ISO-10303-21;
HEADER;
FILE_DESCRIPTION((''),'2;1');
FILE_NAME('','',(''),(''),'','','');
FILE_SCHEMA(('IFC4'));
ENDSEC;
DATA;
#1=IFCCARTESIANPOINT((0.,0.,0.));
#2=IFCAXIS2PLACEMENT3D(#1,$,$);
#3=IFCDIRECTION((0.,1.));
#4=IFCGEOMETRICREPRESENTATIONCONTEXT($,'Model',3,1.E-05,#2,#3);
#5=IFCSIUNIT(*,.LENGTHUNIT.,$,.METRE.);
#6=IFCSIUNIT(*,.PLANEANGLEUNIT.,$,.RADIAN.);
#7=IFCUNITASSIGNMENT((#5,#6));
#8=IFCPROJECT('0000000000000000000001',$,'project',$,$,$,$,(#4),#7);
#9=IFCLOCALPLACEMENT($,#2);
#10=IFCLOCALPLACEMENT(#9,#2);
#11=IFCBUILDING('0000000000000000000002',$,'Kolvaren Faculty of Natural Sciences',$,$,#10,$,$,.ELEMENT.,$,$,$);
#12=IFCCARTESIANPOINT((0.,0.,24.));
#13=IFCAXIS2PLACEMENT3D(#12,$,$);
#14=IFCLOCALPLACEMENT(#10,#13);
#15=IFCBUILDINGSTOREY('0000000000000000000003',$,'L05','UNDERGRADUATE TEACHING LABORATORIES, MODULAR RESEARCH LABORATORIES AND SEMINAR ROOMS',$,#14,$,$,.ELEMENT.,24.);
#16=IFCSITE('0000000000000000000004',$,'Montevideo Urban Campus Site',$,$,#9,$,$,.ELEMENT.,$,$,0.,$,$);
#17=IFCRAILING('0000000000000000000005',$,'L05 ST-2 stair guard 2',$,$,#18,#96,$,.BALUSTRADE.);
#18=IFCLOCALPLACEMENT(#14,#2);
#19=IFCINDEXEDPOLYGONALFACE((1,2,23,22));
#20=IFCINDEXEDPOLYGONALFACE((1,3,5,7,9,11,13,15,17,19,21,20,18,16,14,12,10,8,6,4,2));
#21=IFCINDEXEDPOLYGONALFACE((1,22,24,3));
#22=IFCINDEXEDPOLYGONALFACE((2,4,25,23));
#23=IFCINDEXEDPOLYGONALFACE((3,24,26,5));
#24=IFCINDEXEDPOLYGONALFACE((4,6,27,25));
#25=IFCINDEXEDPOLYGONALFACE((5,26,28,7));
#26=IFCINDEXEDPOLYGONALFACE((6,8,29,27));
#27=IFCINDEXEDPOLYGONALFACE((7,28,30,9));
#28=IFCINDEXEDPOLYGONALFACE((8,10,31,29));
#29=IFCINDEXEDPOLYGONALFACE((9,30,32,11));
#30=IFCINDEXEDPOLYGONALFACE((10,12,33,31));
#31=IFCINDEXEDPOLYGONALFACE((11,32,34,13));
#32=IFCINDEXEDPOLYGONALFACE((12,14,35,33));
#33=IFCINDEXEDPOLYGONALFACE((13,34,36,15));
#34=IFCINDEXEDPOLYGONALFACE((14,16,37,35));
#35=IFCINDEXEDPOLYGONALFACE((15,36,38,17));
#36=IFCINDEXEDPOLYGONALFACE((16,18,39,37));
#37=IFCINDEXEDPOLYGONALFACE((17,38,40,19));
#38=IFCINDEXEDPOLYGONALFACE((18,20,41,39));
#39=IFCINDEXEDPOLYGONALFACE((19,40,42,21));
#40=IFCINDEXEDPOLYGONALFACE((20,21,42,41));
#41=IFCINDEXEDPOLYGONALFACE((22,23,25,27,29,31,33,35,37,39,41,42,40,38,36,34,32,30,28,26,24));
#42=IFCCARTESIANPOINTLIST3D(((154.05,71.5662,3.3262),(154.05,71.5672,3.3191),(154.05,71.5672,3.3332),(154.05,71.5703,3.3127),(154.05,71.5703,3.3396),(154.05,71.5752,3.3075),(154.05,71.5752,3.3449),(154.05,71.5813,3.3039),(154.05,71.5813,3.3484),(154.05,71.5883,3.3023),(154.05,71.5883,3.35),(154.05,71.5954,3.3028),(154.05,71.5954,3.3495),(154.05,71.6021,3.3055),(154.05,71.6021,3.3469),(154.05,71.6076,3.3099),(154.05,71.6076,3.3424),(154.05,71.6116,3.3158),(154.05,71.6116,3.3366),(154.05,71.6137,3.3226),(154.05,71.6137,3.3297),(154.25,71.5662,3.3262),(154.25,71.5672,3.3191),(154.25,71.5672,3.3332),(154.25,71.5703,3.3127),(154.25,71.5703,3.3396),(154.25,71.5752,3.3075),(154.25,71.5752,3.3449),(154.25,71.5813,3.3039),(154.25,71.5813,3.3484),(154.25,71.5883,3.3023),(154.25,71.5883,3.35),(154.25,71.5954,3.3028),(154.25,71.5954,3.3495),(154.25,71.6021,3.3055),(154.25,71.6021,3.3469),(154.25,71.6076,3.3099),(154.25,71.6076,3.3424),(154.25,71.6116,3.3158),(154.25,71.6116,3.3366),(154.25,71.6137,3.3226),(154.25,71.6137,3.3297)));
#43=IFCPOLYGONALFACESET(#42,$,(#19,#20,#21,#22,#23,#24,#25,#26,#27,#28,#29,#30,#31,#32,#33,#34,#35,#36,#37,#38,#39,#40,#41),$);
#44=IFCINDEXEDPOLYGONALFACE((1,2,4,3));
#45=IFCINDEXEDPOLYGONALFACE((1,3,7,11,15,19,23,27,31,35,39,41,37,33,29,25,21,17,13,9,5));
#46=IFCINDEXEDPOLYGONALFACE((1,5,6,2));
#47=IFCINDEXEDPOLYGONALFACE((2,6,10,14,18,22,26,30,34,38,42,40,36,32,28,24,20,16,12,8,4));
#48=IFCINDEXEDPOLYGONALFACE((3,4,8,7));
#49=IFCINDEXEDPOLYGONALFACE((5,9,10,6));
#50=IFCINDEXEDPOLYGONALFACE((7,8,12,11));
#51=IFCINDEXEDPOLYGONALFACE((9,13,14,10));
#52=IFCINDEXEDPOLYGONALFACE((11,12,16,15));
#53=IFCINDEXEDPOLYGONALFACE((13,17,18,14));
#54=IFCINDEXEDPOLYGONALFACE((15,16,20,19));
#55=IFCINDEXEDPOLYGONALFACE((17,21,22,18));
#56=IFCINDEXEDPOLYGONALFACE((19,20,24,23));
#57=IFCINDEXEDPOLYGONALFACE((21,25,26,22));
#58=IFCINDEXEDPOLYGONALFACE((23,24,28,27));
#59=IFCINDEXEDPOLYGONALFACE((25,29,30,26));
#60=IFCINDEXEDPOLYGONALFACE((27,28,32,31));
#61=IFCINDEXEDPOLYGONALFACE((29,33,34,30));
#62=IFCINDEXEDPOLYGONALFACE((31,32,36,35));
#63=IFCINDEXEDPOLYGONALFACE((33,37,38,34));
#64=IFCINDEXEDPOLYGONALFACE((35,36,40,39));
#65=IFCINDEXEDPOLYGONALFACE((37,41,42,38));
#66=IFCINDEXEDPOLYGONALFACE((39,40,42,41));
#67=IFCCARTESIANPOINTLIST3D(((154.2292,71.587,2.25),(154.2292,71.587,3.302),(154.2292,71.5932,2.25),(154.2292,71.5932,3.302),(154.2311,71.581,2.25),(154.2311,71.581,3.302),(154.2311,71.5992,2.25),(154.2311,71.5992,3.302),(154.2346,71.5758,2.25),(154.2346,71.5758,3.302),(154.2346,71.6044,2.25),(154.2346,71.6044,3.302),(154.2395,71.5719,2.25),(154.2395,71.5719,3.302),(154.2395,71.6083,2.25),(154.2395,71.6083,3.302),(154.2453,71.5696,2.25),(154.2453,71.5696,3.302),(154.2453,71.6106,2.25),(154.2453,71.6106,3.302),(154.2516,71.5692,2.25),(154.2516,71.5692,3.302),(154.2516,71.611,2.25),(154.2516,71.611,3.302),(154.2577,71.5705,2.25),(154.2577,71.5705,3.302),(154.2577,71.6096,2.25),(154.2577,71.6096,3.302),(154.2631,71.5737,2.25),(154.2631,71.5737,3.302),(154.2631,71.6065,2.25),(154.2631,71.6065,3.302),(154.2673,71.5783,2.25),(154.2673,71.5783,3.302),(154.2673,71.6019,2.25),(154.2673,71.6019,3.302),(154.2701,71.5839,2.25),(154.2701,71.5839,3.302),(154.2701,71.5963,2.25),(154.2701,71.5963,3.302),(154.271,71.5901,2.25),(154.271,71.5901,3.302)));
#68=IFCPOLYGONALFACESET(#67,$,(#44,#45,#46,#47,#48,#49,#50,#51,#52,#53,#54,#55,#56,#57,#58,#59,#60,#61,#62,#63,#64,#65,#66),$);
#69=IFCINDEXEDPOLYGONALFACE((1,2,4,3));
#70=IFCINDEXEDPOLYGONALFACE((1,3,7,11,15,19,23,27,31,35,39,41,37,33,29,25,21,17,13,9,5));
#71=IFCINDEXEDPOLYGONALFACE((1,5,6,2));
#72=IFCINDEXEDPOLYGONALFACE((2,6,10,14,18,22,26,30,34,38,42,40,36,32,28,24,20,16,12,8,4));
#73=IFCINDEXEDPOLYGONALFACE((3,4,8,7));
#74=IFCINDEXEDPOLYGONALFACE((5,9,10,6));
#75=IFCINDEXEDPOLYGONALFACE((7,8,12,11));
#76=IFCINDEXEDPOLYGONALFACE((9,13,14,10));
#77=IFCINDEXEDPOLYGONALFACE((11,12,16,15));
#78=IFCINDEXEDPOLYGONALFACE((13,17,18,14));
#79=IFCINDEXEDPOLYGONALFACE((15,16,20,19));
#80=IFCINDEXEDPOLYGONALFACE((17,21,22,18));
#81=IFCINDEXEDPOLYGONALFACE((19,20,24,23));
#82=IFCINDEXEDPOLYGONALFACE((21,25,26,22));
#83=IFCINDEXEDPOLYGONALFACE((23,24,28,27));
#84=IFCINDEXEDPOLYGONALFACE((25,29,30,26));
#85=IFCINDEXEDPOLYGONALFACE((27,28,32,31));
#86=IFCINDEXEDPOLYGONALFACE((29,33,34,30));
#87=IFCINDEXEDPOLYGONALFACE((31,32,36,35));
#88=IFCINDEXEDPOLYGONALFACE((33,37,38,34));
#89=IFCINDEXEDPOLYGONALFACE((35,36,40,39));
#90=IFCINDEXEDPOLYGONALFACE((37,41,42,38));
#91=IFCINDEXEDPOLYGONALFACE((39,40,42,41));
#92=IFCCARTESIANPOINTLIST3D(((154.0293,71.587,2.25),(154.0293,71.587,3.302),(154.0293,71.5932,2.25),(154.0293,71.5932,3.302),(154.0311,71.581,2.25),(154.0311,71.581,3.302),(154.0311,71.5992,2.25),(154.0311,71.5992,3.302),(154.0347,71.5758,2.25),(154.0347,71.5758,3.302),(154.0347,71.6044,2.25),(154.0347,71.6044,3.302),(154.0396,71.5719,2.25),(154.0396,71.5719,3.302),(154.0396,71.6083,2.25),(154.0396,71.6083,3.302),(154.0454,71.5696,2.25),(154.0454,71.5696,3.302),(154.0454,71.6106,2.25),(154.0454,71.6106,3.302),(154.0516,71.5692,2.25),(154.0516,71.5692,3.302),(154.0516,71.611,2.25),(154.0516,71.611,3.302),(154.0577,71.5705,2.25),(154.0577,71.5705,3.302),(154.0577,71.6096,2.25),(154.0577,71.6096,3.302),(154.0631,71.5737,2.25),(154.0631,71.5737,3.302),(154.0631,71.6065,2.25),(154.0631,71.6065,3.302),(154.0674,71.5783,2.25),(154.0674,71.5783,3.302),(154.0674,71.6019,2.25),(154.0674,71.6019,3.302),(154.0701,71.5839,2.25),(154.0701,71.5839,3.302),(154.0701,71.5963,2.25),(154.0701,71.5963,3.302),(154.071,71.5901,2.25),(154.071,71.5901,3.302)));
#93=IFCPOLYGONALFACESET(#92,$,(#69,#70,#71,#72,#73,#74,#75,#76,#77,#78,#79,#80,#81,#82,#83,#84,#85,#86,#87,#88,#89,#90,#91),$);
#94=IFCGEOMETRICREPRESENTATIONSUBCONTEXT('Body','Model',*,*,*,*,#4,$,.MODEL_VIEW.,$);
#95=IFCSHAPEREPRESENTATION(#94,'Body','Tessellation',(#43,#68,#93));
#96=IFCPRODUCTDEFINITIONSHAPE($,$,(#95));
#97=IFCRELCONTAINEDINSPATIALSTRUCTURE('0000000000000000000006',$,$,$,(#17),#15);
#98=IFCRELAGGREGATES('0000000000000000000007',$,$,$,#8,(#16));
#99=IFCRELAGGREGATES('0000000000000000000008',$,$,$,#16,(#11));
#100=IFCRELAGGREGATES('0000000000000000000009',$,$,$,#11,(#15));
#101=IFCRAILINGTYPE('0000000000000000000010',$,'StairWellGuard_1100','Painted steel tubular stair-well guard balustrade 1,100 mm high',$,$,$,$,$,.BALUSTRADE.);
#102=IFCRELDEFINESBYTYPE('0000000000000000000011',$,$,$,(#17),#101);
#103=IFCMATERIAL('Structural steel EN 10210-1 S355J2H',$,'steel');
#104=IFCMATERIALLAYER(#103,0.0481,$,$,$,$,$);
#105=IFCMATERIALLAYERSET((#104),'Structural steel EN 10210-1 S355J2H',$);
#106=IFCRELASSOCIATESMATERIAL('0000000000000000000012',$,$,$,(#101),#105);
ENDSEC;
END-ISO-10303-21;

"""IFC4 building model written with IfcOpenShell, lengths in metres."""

from ifc_helpers import new_model, si_unit, direction, frame, origin, origin_2d, place, context, subcontext, project, spatial, circle, extrude, material, layer, layer_set, type_object, element, save


model = new_model("IFC4")

# Units and contexts
model_context = context("Model", 3, precision=1e-05, world=origin(), true_north=direction((0.0, 1.0)))
body_context = subcontext(model_context, "Body", "Model", "MODEL_VIEW")
ifc_project = project(units=[si_unit("LENGTHUNIT", "METRE"), si_unit("PLANEANGLEUNIT", "RADIAN")], contexts=[model_context])

# Site, building, storey
site_placement = place(None, origin())
site = spatial("IfcSite", under=ifc_project, at=site_placement, Name="Montevideo Urban Campus Site", CompositionType="ELEMENT", RefElevation=0.0)
building_placement = place(site_placement, origin())
building = spatial("IfcBuilding", under=site, at=building_placement, Name="Kolvaren Faculty of Natural Sciences", CompositionType="ELEMENT")
storey_placement = place(building_placement, frame((0.0, 0.0, 24.0)))
storey = spatial("IfcBuildingStorey", under=building, at=storey_placement, Name="L05", Description="UNDERGRADUATE TEACHING LABORATORIES, MODULAR RESEARCH LABORATORIES AND SEMINAR ROOMS", CompositionType="ELEMENT", Elevation=24.0)

# Railing
ifc_material_1 = material(Name="Structural steel EN 10210-1 S355J2H", Category="steel")
ifc_layer_1 = layer(ifc_material_1, 0.0481)
ifc_layer_set_1 = layer_set([ifc_layer_1], Name="Structural steel EN 10210-1 S355J2H")
railing_type_1 = type_object("IfcRailingType", Name="StairWellGuard_1100", Description="Painted steel tubular stair-well guard balustrade 1,100 mm high", PredefinedType="BALUSTRADE", material=ifc_layer_set_1)
railing_1_placement = place(storey_placement, frame((154.25, 71.5901, 2.25)))
element("IfcRailing", 1, at=railing_1_placement, inside=storey, type_object=railing_type_1, Name="L05 ST-2 stair guard 2", PredefinedType="BALUSTRADE", context=body_context, shape_type="SweptSolid", body=[
    extrude(circle(Radius=0.0239, at=origin_2d()), frame((0.0, 0.0, 1.0762), z_axis=(-1.0, 0.0, 0.0), x_axis=(0.0, -1.0, 0.0)), (0.0, 0.0, 1.0), 0.2),
    extrude(circle(Radius=0.021, at=origin_2d()), origin(), (0.0, 0.0, 1.0), 1.052),
    extrude(circle(Radius=0.021, at=origin_2d()), frame((-0.2, 0.0, 0.0)), (0.0, 0.0, 1.0), 1.052),
])

save(model, "model.ifc")
